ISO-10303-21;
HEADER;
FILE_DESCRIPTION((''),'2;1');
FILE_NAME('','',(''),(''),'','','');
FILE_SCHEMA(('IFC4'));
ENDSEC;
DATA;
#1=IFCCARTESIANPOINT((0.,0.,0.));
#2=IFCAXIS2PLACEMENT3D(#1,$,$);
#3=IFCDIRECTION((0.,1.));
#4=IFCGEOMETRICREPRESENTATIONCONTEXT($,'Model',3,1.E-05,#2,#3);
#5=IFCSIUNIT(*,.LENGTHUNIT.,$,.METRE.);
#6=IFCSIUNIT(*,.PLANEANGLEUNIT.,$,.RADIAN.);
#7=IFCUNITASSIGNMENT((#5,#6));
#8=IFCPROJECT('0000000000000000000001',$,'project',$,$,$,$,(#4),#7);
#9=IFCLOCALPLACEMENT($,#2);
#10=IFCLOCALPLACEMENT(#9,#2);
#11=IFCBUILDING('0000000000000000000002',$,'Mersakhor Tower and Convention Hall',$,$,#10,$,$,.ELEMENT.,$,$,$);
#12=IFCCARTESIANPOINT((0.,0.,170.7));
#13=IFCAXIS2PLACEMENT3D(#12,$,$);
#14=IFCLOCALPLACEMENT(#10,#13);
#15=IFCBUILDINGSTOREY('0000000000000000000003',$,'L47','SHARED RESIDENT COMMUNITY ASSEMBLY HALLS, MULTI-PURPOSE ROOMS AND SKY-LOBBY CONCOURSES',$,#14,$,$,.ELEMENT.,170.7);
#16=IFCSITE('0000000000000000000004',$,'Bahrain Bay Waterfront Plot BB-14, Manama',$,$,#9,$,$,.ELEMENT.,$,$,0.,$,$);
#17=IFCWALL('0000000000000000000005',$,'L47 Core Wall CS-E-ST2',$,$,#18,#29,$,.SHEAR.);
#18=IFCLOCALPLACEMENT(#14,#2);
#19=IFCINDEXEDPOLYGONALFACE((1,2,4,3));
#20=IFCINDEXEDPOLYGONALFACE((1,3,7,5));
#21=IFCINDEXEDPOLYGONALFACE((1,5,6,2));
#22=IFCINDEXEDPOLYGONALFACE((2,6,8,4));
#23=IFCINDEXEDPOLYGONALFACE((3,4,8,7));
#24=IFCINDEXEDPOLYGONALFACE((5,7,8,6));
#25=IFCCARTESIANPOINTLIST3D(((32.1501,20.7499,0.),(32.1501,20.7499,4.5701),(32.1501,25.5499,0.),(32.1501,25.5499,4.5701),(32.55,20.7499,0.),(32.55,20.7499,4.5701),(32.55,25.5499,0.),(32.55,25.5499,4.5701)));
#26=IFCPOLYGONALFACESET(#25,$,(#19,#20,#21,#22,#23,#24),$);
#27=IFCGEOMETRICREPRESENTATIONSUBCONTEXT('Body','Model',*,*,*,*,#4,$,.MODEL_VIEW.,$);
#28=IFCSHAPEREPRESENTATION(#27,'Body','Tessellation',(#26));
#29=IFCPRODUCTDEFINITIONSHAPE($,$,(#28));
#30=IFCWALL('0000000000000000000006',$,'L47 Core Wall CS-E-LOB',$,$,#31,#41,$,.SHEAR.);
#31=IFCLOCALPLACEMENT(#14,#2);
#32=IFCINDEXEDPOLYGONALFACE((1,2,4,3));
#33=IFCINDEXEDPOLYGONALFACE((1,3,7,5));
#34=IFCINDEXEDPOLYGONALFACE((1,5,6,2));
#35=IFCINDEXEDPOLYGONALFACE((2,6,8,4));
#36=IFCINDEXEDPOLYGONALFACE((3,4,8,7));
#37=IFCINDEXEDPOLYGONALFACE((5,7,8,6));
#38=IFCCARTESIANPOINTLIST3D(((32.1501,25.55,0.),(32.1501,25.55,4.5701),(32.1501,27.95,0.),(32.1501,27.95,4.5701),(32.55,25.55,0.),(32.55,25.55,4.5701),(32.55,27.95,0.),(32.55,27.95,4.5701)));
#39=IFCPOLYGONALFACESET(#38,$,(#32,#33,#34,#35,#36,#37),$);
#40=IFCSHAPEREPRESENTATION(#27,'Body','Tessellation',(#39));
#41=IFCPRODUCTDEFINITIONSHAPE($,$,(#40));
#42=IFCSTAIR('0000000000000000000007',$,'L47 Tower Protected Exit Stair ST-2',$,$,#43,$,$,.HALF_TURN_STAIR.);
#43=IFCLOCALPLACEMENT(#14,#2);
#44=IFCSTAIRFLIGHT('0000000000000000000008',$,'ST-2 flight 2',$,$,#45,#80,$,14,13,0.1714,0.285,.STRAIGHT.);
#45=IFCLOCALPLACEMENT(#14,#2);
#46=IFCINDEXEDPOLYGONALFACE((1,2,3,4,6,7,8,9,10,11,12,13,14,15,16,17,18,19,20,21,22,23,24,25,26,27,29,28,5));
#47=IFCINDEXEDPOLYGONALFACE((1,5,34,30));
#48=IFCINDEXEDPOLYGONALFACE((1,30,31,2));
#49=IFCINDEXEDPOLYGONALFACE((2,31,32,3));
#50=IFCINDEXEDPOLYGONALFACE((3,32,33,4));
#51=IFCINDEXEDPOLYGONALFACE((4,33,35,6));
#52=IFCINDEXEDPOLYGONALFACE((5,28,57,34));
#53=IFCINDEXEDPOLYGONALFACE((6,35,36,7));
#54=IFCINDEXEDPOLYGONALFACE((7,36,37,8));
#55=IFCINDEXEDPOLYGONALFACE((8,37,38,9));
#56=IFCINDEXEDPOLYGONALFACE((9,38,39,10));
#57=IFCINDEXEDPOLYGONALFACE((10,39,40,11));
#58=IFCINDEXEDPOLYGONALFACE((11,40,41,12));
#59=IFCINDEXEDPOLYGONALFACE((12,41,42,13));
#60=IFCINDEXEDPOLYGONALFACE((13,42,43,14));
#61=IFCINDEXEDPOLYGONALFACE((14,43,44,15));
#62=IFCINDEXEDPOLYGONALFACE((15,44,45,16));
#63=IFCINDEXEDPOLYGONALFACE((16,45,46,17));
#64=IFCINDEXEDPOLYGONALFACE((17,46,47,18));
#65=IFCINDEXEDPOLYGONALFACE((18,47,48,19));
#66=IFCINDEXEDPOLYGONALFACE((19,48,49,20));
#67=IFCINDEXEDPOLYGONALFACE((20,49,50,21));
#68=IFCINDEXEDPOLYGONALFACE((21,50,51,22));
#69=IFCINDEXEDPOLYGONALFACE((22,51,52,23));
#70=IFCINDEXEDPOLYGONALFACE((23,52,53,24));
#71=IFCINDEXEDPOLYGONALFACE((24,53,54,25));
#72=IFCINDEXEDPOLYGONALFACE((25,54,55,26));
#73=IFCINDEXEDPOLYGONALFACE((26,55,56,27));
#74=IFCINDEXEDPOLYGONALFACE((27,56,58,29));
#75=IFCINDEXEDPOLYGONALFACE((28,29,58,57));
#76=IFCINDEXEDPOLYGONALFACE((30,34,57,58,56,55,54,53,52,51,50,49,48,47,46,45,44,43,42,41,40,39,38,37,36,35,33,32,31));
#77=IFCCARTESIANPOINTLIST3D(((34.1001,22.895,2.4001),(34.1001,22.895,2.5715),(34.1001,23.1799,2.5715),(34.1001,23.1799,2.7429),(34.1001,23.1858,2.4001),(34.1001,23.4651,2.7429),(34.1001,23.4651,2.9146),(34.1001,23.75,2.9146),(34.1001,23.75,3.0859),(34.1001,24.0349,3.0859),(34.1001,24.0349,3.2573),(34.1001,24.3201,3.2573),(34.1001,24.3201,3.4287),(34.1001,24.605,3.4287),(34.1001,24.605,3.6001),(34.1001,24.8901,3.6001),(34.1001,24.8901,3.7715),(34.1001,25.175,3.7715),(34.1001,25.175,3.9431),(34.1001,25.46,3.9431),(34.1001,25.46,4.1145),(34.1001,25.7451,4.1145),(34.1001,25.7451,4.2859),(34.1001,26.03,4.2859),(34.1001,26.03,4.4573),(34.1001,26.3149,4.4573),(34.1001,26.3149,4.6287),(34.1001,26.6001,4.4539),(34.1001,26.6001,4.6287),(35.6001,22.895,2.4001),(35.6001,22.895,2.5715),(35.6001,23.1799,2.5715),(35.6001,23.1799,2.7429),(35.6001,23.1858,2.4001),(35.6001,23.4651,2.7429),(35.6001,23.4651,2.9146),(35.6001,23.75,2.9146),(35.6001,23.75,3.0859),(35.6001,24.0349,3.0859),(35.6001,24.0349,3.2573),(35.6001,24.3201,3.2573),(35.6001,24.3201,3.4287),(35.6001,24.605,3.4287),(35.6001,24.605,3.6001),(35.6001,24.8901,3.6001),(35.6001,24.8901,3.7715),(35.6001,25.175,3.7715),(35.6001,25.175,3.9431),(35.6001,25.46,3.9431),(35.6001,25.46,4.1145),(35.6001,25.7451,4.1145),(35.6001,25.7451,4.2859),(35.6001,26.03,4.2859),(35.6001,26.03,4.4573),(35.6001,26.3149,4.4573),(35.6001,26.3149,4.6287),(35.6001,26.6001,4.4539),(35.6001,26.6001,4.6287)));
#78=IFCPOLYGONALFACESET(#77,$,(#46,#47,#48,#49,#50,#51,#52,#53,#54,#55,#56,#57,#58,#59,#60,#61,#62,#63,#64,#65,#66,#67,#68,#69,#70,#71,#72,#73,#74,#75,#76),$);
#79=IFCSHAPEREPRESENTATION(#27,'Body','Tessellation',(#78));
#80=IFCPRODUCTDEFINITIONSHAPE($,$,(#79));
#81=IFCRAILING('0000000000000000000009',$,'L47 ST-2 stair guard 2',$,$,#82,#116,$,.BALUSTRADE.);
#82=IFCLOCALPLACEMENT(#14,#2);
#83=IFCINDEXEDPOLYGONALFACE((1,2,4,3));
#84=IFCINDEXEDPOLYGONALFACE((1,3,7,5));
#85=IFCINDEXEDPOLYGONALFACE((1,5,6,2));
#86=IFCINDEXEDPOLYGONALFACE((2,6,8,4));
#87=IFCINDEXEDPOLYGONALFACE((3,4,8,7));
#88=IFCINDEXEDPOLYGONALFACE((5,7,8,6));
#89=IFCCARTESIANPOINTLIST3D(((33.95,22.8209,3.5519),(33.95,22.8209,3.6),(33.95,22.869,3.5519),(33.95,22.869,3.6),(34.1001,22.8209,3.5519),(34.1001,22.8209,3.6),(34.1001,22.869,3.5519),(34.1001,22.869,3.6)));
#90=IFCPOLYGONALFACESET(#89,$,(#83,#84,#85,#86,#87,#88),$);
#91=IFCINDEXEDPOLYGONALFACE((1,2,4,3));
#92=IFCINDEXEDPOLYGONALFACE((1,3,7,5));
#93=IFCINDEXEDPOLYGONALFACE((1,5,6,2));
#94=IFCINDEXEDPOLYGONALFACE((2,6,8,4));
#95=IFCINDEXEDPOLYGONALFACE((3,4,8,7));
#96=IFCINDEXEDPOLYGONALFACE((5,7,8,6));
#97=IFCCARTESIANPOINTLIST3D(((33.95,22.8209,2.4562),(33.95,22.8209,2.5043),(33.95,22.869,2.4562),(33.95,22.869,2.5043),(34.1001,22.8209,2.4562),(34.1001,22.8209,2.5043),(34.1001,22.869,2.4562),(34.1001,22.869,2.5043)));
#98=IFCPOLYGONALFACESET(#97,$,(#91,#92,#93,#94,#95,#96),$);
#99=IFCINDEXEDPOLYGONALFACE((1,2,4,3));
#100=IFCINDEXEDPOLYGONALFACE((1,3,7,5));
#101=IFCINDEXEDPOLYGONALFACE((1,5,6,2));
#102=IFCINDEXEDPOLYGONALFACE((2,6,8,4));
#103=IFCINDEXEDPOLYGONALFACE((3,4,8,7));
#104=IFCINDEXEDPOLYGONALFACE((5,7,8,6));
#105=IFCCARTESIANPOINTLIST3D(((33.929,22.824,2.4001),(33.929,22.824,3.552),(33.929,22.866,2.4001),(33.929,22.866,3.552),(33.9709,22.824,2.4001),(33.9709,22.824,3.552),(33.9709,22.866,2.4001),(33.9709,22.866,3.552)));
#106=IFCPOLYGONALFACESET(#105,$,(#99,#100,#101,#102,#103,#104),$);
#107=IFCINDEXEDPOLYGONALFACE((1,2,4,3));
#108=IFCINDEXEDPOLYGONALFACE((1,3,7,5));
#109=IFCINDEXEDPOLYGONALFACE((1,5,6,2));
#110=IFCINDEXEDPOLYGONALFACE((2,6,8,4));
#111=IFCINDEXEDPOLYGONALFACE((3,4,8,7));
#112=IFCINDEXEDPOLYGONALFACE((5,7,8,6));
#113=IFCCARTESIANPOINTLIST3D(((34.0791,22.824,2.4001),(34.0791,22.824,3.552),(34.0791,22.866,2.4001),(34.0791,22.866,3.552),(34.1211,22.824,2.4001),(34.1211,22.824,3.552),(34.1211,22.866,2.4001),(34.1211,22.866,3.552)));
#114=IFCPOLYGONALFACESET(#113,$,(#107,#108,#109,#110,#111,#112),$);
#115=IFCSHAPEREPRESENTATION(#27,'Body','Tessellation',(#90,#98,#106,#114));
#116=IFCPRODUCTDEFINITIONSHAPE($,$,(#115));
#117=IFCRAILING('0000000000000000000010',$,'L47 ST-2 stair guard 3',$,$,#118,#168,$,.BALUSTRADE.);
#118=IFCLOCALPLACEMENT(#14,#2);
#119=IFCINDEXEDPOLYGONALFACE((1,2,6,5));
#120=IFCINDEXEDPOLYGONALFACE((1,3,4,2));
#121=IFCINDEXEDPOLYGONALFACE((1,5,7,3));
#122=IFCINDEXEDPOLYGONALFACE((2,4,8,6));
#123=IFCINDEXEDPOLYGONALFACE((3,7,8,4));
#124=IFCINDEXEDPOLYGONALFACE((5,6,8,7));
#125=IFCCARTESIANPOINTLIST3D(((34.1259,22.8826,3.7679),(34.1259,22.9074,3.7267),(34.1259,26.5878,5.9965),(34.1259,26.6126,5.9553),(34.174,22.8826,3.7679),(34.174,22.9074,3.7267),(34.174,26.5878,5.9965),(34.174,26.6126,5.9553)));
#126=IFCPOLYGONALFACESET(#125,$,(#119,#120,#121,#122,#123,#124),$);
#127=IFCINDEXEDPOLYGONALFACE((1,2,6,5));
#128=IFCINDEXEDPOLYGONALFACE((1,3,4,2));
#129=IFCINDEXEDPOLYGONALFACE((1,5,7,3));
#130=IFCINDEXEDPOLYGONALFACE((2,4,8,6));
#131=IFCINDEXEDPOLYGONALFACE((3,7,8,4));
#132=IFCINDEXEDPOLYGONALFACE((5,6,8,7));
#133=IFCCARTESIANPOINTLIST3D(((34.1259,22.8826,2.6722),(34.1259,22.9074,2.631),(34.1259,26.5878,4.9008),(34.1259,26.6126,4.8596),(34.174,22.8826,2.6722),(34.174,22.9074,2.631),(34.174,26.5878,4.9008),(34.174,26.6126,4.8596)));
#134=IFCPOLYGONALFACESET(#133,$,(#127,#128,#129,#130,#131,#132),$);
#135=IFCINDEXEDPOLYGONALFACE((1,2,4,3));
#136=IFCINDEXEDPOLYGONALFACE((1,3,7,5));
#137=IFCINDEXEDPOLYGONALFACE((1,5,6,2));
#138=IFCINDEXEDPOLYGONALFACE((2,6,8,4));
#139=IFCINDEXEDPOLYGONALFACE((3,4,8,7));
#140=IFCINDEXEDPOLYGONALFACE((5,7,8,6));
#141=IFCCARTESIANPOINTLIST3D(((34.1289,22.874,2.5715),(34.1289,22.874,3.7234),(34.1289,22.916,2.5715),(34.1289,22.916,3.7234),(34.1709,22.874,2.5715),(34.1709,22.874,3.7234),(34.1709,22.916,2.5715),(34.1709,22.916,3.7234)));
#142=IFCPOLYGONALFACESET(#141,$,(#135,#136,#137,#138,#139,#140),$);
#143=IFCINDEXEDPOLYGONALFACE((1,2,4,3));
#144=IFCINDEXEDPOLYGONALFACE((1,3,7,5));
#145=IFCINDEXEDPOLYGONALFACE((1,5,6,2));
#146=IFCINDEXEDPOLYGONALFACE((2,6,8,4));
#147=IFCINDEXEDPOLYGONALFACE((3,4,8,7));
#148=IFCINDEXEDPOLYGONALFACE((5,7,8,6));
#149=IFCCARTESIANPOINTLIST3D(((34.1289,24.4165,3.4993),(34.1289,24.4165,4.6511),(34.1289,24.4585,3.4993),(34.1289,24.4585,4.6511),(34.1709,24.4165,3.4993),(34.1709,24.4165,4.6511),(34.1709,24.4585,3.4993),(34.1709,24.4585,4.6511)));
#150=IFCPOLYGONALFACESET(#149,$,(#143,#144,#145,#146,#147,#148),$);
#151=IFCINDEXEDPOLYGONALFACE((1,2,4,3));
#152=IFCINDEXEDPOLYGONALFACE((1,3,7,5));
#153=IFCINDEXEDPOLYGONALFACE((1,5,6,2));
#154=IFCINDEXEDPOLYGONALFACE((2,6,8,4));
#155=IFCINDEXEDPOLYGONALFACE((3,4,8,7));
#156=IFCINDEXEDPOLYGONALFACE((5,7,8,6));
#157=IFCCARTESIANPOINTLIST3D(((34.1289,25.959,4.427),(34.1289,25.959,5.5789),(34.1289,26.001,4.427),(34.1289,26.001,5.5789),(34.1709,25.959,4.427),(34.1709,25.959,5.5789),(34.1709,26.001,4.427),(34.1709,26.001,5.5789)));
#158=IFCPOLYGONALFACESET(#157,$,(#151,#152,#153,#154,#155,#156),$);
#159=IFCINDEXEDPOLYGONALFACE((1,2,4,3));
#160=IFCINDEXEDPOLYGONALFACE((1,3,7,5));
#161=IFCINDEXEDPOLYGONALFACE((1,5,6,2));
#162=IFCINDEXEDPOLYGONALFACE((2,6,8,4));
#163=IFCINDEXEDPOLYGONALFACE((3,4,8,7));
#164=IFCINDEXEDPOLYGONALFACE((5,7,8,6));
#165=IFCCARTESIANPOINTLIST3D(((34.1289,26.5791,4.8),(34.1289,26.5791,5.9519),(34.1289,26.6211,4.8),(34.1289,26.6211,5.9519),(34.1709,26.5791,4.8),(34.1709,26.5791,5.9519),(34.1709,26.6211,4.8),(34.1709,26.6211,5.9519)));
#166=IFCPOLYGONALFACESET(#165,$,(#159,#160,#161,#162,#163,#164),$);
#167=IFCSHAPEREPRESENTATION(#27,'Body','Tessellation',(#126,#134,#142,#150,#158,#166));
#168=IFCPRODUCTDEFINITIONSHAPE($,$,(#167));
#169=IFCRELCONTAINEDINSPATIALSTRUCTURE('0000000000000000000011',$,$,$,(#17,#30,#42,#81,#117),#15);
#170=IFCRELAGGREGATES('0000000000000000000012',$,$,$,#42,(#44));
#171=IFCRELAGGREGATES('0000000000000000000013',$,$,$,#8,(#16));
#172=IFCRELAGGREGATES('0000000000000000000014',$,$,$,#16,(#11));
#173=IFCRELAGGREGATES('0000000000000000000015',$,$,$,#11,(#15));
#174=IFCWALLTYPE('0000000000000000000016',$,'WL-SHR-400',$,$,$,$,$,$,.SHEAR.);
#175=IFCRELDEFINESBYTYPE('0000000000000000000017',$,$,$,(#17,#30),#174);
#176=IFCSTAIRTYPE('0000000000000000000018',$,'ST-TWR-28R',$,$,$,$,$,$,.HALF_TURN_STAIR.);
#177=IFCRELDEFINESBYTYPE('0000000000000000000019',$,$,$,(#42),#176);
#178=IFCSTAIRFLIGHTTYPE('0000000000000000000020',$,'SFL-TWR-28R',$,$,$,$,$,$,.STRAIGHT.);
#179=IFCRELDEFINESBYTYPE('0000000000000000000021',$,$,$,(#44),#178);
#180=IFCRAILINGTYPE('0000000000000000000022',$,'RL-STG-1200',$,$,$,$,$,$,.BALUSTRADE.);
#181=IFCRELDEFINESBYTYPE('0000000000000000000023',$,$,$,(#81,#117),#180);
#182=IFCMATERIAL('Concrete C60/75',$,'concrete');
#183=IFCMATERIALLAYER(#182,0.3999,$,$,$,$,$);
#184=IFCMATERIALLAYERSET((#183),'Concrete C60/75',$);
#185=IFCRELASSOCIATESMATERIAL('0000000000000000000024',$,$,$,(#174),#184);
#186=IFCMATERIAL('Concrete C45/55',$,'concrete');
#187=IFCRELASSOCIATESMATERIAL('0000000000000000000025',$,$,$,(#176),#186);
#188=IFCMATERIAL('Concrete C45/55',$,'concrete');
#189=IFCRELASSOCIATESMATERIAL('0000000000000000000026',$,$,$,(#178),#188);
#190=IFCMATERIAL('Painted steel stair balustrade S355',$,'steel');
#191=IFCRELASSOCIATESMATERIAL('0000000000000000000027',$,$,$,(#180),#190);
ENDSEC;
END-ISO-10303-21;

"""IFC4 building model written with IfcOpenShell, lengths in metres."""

from ifc_helpers import new_model, si_unit, direction, frame, frame_2d, origin, origin_2d, place, context, subcontext, project, spatial, polyline, rectangle, outline, extrude, material, layer, layer_set, type_object, element, aggregate, save


model = new_model("IFC4")

# Units and contexts
model_context = context("Model", 3, precision=1e-05, world=origin(), true_north=direction((0.0, 1.0)))
body_context = subcontext(model_context, "Body", "Model", "MODEL_VIEW")
ifc_project = project(units=[si_unit("LENGTHUNIT", "METRE"), si_unit("PLANEANGLEUNIT", "RADIAN")], contexts=[model_context])

# Site, building, storey
site_placement = place(None, origin())
site = spatial("IfcSite", under=ifc_project, at=site_placement, Name="Bahrain Bay Waterfront Plot BB-14, Manama", CompositionType="ELEMENT", RefElevation=0.0)
building_placement = place(site_placement, origin())
building = spatial("IfcBuilding", under=site, at=building_placement, Name="Mersakhor Tower and Convention Hall", CompositionType="ELEMENT")
storey_placement = place(building_placement, frame((0.0, 0.0, 170.7)))
storey = spatial("IfcBuildingStorey", under=building, at=storey_placement, Name="L47", Description="SHARED RESIDENT COMMUNITY ASSEMBLY HALLS, MULTI-PURPOSE ROOMS AND SKY-LOBBY CONCOURSES", CompositionType="ELEMENT", Elevation=170.7)

# Shared definitions
ifc_material_1 = material(Name="Concrete C60/75", Category="concrete")
ifc_layer_1 = layer(ifc_material_1, 0.3999)
ifc_layer_set_1 = layer_set([ifc_layer_1], Name="Concrete C60/75")
wall_type_1 = type_object("IfcWallType", Name="WL-SHR-400", PredefinedType="SHEAR", material=ifc_layer_set_1)

# Walls
wall_1_placement = place(storey_placement, frame((32.3501, 20.75, 0.0), z_axis=(0.0, 0.0, 1.0), x_axis=(0.0, 1.0, 0.0)))
element("IfcWall", 1, at=wall_1_placement, inside=storey, type_object=wall_type_1, Name="L47 Core Wall CS-E-ST2", PredefinedType="SHEAR", context=body_context, shape_type="SweptSolid", body=[
    extrude(rectangle(XDim=4.8, YDim=0.3999, at=frame_2d((2.3999, 0.0))), origin(), (0.0, 0.0, 1.0), 4.5701),
])
wall_2_placement = place(storey_placement, frame((32.3501, 25.55, 0.0), z_axis=(0.0, 0.0, 1.0), x_axis=(0.0, 1.0, 0.0)))
element("IfcWall", 2, at=wall_2_placement, inside=storey, type_object=wall_type_1, Name="L47 Core Wall CS-E-LOB", PredefinedType="SHEAR", context=body_context, shape_type="SweptSolid", body=[
    extrude(rectangle(XDim=2.3999, YDim=0.3999, at=frame_2d((1.2, 0.0))), origin(), (0.0, 0.0, 1.0), 4.5701),
])

# Stair, stair flight
ifc_material_2 = material(Name="Concrete C45/55", Category="concrete")
stair_type = type_object("IfcStairType", Name="ST-TWR-28R", PredefinedType="HALF_TURN_STAIR", material=ifc_material_2)
stair_placement = place(storey_placement, origin())
stair = element("IfcStair", 3, at=stair_placement, inside=storey, type_object=stair_type, Name="L47 Tower Protected Exit Stair ST-2", PredefinedType="HALF_TURN_STAIR")
ifc_material_3 = material(Name="Concrete C45/55", Category="concrete")
stair_flight_type = type_object("IfcStairFlightType", Name="SFL-TWR-28R", PredefinedType="STRAIGHT", material=ifc_material_3)
stair_flight_placement = place(storey_placement, frame((34.8501, 22.895, 2.4001), z_axis=(0.0, 0.0, 1.0), x_axis=(0.0, 1.0, 0.0)))
stair_flight = element("IfcStairFlight", 4, at=stair_flight_placement, type_object=stair_flight_type, Name="ST-2 flight 2", NumberOfRisers=14, NumberOfTreads=13, PredefinedType="STRAIGHT", RiserHeight=0.1714, TreadLength=0.285, context=body_context, shape_type="SweptSolid", body=[
    extrude(outline(polyline([(0.0, 0.0), (0.0, 0.1714), (0.2849, 0.1714), (0.2849, 0.3428), (0.5701, 0.3428), (0.5701, 0.5144), (0.855, 0.5144), (0.855, 0.6858), (1.1399, 0.6858), (1.1399, 0.8572), (1.425, 0.8572), (1.425, 1.0286), (1.71, 1.0286), (1.71, 1.2), (1.9951, 1.2), (1.9951, 1.3713), (2.28, 1.3713), (2.28, 1.543), (2.5649, 1.543), (2.5649, 1.7144), (2.8501, 1.7144), (2.8501, 1.8857), (3.135, 1.8857), (3.135, 2.0571), (3.4199, 2.0571), (3.4199, 2.2285), (3.7051, 2.2285), (3.7051, 2.3999), (3.7051, 2.0537), (0.2908, 0.0), (0.0, 0.0)])), frame((0.0, 0.75, 0.0), z_axis=(0.0, -1.0, 0.0), x_axis=(1.0, 0.0, 0.0)), (0.0, 0.0, 1.0), 1.5),
])
aggregate(stair, [stair_flight])

# Railings
ifc_material_4 = material(Name="Painted steel stair balustrade S355", Category="steel")
railing_type = type_object("IfcRailingType", Name="RL-STG-1200", PredefinedType="BALUSTRADE", material=ifc_material_4)
railing_1_placement = place(storey_placement, frame((33.95, 22.845, 2.4001)))
element("IfcRailing", 5, at=railing_1_placement, inside=storey, type_object=railing_type, Name="L47 ST-2 stair guard 2", PredefinedType="BALUSTRADE", context=body_context, shape_type="SweptSolid", body=[
    extrude(rectangle(XDim=0.0481, YDim=0.0481, at=origin_2d()), frame((0.0, 0.0, 1.1758), z_axis=(1.0, 0.0, 0.0), x_axis=(0.0, 1.0, 0.0)), (0.0, 0.0, 1.0), 0.1501),
    extrude(rectangle(XDim=0.0481, YDim=0.0481, at=origin_2d()), frame((0.0, 0.0, 0.0801), z_axis=(1.0, 0.0, 0.0), x_axis=(0.0, 1.0, 0.0)), (0.0, 0.0, 1.0), 0.1501),
    extrude(rectangle(XDim=0.042, YDim=0.042, at=origin_2d()), origin(), (0.0, 0.0, 1.0), 1.1519),
    extrude(rectangle(XDim=0.042, YDim=0.042, at=origin_2d()), frame((0.1501, 0.0, 0.0)), (0.0, 0.0, 1.0), 1.1519),
])
railing_2_placement = place(storey_placement, frame((34.1499, 22.895, 2.5715)))
element("IfcRailing", 6, at=railing_2_placement, inside=storey, type_object=railing_type, Name="L47 ST-2 stair guard 3", PredefinedType="BALUSTRADE", context=body_context, shape_type="SweptSolid", body=[
    extrude(rectangle(XDim=0.0481, YDim=0.0481, at=origin_2d()), frame((0.0, 0.0, 1.1758), z_axis=(0.0, 0.856934, 0.515425), x_axis=(-1.0, 0.0, 0.0)), (0.0, 0.0, 1.0), 4.3237),
    extrude(rectangle(XDim=0.0481, YDim=0.0481, at=origin_2d()), frame((0.0, 0.0, 0.0801), z_axis=(0.0, 0.856934, 0.515425), x_axis=(-1.0, 0.0, 0.0)), (0.0, 0.0, 1.0), 4.3237),
    extrude(rectangle(XDim=0.042, YDim=0.042, at=origin_2d()), origin(), (0.0, 0.0, 1.0), 1.1519),
    extrude(rectangle(XDim=0.042, YDim=0.042, at=origin_2d()), frame((0.0, 1.5425, 0.9277)), (0.0, 0.0, 1.0), 1.1519),
    extrude(rectangle(XDim=0.042, YDim=0.042, at=origin_2d()), frame((0.0, 3.085, 1.8555)), (0.0, 0.0, 1.0), 1.1519),
    extrude(rectangle(XDim=0.042, YDim=0.042, at=origin_2d()), frame((0.0, 3.7051, 2.2285)), (0.0, 0.0, 1.0), 1.1519),
])

save(model, "model.ifc")
